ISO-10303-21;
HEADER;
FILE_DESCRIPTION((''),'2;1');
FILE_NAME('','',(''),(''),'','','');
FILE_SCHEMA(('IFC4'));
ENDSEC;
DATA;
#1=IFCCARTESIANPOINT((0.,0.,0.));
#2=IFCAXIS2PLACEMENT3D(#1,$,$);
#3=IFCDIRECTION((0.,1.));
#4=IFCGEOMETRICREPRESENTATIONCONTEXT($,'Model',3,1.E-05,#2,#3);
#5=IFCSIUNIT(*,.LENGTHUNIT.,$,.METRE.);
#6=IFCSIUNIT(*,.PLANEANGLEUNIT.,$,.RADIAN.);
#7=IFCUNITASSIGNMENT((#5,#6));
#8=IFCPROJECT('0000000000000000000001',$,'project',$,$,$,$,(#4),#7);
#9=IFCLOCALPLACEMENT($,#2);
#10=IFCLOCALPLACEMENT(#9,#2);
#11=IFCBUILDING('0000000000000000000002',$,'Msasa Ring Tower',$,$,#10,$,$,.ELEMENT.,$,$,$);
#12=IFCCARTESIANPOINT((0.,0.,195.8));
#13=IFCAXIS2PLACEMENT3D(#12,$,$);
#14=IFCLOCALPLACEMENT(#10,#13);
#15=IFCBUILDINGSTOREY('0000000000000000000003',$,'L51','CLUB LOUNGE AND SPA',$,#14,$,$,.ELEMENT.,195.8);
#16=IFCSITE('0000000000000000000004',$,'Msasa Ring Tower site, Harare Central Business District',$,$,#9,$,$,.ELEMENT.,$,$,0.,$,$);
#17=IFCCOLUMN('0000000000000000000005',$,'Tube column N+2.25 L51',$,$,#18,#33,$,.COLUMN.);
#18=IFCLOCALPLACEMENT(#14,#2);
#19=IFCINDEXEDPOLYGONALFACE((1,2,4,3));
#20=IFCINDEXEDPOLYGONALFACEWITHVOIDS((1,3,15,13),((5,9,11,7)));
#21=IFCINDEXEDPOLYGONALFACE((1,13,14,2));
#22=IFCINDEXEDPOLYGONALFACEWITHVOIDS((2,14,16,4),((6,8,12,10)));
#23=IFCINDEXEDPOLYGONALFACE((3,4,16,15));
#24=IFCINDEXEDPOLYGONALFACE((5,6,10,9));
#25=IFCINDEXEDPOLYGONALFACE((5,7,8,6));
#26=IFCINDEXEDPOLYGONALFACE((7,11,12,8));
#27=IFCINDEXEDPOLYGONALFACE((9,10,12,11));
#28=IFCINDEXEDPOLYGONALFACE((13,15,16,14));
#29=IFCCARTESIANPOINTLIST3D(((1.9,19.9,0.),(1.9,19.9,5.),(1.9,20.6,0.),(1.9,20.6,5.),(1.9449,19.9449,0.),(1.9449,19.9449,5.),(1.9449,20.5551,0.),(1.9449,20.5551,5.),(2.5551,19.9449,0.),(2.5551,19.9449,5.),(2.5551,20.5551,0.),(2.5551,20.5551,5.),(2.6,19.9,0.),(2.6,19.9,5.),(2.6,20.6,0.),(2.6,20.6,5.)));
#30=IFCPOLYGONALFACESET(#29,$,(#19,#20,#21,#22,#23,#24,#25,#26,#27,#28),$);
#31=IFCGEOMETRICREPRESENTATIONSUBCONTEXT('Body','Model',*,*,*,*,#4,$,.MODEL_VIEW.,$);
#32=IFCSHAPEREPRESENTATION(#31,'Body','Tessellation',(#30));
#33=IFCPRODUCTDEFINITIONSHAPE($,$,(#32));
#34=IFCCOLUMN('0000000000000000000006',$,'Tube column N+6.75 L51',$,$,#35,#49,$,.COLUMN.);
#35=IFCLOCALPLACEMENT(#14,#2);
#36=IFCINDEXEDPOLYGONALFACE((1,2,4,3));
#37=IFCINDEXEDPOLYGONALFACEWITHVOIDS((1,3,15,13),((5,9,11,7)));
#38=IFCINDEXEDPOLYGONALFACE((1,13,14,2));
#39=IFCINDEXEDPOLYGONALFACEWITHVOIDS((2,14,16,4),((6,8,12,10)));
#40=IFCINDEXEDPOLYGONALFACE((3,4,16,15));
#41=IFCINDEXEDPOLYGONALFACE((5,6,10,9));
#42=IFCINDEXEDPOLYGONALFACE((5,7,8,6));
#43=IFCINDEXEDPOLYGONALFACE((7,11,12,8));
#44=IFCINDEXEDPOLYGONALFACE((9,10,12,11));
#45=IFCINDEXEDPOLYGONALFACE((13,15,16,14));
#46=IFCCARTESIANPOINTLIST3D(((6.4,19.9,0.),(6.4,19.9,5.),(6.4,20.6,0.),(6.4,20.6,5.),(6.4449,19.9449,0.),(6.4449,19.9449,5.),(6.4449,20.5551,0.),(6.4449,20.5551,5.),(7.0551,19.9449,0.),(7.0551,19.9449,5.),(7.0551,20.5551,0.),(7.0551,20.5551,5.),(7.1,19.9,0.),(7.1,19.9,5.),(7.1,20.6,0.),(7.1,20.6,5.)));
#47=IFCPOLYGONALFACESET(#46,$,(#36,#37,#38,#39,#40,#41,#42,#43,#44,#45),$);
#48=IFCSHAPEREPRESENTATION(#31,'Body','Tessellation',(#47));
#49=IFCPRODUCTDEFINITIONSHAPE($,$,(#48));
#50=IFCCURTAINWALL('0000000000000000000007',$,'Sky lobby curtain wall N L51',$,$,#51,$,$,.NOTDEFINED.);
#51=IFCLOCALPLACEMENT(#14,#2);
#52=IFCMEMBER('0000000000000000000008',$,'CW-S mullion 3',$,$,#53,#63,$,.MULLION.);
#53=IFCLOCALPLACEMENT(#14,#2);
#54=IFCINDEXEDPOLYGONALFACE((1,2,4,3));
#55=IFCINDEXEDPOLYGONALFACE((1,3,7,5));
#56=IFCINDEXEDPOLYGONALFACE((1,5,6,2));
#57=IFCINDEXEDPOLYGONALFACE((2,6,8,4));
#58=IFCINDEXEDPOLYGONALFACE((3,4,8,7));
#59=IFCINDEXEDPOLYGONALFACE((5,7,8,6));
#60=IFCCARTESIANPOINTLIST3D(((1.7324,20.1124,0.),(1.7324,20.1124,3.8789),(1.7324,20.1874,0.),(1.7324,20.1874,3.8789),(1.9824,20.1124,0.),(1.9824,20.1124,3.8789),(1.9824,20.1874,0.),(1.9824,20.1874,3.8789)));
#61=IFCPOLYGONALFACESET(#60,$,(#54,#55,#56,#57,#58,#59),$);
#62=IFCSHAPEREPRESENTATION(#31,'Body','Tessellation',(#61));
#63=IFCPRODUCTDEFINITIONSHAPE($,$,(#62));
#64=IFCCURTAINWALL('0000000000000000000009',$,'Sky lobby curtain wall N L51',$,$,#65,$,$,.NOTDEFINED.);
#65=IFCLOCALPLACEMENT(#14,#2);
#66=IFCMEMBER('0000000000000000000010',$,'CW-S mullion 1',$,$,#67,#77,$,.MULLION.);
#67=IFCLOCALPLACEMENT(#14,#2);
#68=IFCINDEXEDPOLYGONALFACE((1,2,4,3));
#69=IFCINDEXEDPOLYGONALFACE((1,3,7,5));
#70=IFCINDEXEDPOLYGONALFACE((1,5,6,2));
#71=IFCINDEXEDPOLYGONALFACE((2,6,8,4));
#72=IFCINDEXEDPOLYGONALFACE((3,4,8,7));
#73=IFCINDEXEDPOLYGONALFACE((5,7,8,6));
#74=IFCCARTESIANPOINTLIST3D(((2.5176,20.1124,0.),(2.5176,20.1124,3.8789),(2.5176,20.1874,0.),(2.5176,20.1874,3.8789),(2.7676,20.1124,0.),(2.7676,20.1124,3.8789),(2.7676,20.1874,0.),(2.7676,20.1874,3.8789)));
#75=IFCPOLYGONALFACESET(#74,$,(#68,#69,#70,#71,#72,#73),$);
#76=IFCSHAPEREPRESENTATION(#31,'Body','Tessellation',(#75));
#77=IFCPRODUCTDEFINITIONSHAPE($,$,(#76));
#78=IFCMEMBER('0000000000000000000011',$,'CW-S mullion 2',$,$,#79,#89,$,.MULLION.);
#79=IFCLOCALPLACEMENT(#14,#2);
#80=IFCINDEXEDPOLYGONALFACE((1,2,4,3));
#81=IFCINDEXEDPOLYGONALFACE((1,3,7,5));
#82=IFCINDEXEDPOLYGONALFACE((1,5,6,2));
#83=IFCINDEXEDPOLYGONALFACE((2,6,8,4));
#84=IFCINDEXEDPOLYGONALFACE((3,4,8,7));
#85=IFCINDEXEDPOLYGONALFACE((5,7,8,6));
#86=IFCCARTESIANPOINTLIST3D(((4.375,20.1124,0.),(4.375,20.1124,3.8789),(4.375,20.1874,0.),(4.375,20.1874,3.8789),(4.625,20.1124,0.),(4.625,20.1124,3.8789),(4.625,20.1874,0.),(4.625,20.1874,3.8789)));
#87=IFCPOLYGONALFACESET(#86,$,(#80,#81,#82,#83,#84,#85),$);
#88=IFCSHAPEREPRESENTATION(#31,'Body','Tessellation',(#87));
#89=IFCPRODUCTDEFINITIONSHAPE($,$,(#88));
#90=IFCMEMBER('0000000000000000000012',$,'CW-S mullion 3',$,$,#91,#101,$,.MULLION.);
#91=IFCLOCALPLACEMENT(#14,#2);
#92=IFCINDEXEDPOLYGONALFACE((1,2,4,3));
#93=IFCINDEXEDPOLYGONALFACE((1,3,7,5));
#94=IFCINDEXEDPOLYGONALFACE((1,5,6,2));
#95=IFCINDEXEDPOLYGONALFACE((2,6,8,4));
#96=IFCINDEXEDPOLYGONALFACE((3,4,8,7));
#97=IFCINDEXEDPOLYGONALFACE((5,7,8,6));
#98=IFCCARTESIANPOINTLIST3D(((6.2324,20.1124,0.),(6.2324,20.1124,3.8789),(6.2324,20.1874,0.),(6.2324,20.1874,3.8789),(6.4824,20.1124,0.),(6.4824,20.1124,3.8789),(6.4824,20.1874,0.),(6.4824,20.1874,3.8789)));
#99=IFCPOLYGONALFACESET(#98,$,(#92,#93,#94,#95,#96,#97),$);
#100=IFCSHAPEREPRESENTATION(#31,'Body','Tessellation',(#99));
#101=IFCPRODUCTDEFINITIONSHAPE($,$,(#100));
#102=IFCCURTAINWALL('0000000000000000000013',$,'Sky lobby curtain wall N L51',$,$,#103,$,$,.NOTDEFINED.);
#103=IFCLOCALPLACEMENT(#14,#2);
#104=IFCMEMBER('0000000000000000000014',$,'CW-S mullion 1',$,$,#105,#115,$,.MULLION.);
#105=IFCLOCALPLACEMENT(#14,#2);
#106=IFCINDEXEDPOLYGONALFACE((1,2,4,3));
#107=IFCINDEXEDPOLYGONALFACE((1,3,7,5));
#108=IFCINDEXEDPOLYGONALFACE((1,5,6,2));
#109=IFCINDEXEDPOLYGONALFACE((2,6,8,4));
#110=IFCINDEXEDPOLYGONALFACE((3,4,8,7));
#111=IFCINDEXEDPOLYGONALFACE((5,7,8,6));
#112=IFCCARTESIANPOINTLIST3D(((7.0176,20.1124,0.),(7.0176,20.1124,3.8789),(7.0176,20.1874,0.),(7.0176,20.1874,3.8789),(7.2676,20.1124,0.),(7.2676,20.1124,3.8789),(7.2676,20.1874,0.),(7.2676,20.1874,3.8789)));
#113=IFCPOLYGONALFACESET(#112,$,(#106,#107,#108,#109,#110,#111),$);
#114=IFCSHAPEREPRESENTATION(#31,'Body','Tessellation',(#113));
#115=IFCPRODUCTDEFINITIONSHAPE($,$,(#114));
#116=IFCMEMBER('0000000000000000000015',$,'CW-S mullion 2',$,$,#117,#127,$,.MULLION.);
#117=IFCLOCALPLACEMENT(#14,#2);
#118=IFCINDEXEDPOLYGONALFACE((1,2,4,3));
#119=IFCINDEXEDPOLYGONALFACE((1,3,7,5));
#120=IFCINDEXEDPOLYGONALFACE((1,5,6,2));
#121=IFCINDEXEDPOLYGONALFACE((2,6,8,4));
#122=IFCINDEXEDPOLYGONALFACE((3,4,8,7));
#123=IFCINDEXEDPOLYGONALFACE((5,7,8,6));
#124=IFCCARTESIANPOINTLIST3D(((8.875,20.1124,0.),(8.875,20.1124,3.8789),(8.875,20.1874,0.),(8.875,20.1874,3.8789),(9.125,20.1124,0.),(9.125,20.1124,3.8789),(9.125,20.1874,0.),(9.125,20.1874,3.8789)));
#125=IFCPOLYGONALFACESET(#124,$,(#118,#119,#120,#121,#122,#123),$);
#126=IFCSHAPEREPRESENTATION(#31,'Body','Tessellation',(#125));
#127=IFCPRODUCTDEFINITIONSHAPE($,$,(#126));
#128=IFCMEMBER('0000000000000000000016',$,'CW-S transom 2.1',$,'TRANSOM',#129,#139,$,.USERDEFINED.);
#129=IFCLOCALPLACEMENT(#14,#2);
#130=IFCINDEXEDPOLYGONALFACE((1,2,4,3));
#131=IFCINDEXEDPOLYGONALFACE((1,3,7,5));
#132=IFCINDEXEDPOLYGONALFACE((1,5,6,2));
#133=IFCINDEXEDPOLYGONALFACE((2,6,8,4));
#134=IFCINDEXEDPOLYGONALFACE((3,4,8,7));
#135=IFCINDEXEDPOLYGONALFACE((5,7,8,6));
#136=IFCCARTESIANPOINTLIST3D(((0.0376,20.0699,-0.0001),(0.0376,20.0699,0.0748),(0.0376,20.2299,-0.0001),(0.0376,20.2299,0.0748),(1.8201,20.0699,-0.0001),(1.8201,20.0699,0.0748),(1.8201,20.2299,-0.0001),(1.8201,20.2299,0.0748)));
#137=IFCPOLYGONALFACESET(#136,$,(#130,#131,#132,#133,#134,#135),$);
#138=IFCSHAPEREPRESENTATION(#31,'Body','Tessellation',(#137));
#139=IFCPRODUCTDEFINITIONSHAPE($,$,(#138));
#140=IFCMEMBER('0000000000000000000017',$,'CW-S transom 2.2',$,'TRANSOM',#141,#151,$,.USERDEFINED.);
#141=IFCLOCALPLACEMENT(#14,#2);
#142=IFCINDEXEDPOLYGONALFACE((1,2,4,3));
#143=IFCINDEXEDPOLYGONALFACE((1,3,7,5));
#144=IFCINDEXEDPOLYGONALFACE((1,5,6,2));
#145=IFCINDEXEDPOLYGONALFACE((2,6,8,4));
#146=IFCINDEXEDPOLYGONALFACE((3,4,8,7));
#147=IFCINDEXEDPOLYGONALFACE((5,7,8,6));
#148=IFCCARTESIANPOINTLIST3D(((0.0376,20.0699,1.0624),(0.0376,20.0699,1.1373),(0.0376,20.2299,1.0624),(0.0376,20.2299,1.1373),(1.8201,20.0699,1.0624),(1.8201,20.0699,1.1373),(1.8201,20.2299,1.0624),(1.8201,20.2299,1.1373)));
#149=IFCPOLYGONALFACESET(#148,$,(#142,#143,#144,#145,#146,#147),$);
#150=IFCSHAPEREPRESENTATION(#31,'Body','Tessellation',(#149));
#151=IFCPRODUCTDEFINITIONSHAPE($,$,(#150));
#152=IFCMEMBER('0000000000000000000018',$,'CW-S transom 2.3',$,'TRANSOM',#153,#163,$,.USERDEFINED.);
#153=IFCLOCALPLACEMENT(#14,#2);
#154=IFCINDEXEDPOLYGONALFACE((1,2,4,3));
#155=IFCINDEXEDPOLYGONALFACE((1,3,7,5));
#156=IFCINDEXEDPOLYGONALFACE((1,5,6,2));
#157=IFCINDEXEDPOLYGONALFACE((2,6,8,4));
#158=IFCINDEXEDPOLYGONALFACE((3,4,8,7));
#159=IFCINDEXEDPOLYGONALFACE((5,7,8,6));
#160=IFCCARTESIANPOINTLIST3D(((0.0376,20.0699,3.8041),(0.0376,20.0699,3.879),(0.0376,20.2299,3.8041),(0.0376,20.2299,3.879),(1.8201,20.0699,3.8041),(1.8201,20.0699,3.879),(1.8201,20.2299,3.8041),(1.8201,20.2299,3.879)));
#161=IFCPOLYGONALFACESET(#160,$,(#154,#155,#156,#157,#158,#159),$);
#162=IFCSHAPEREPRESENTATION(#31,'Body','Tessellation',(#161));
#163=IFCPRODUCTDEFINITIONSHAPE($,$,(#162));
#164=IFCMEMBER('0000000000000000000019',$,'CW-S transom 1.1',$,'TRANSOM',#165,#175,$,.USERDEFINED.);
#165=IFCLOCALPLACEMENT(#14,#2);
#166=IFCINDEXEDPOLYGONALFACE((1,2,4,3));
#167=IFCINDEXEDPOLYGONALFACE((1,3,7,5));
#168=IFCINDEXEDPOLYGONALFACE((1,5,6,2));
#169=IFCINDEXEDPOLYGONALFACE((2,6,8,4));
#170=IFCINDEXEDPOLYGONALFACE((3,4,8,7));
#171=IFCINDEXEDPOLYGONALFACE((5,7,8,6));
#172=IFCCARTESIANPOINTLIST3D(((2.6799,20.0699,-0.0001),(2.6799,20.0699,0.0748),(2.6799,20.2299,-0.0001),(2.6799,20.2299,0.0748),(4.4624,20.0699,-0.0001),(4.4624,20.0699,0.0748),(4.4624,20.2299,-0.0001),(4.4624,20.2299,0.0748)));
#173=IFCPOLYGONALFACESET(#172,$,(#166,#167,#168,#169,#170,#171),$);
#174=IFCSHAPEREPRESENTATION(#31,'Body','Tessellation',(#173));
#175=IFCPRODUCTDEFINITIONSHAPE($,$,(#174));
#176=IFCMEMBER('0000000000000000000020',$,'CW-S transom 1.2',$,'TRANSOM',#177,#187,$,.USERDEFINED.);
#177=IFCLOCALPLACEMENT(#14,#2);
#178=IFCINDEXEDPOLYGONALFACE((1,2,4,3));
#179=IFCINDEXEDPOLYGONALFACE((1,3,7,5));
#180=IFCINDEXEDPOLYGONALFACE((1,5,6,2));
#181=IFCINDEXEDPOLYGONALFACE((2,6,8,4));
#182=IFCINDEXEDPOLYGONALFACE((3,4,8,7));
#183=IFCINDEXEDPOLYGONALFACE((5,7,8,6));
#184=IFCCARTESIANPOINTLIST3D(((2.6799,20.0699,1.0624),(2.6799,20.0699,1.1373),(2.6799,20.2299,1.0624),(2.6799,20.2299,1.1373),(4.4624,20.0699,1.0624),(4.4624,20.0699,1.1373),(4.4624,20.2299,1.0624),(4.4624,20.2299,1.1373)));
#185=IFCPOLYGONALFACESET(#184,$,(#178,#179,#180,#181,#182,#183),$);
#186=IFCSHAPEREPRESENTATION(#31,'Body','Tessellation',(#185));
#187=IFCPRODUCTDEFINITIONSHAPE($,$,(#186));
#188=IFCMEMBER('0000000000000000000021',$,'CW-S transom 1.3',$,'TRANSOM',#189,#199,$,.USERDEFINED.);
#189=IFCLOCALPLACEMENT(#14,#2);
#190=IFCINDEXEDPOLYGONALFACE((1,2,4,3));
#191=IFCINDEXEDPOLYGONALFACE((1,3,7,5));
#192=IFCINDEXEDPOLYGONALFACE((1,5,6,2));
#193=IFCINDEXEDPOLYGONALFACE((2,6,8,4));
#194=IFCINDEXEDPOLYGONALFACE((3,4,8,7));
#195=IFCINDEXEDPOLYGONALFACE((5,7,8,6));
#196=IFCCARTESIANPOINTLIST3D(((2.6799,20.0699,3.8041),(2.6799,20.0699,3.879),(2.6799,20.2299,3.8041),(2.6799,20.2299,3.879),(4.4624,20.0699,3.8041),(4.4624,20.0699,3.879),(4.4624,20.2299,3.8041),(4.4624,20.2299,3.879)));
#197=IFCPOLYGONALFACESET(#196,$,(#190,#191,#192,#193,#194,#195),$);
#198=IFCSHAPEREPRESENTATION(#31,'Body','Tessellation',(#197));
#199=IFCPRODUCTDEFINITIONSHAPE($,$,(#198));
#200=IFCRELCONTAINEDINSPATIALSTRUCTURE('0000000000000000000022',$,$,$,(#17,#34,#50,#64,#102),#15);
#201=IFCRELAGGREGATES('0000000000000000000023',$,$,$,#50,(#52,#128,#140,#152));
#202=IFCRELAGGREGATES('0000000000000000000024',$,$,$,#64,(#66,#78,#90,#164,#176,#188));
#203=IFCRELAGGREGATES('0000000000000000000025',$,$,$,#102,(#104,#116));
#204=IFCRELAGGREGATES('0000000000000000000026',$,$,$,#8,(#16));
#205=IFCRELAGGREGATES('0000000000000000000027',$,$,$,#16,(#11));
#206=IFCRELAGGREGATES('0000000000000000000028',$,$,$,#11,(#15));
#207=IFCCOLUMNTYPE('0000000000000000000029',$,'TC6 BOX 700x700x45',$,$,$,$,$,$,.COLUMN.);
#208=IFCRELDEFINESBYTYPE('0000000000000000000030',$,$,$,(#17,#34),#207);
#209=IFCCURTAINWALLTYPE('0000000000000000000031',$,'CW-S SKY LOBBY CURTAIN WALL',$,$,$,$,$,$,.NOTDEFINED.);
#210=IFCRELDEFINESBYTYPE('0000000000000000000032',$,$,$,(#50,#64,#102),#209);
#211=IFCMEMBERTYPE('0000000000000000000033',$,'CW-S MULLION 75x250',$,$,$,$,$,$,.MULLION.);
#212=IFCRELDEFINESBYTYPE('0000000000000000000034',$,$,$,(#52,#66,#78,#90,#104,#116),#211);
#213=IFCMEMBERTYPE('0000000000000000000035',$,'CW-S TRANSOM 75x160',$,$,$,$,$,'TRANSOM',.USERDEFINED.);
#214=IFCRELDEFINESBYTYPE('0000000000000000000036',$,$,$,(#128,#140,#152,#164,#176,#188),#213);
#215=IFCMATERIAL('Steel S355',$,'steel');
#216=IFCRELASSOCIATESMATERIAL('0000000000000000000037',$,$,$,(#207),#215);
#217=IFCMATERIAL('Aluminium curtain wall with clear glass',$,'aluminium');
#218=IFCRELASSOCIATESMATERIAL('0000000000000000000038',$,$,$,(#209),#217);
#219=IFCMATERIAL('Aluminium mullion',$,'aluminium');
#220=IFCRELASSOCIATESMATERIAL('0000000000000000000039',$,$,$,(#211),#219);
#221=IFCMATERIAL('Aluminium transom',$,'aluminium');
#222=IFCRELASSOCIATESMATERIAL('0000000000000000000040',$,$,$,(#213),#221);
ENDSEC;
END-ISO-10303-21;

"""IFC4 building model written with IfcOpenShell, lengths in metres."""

from ifc_helpers import new_model, si_unit, direction, frame, origin, origin_2d, place, context, subcontext, project, spatial, rectangle, hollow_rectangle, extrude, material, material_profile, profile_set, type_object, element, aggregate, save


model = new_model("IFC4")

# Units and contexts
model_context = context("Model", 3, precision=1e-05, world=origin(), true_north=direction((0.0, 1.0)))
body_context = subcontext(model_context, "Body", "Model", "MODEL_VIEW")
ifc_project = project(units=[si_unit("LENGTHUNIT", "METRE"), si_unit("PLANEANGLEUNIT", "RADIAN")], contexts=[model_context])

# Site, building, storey
site_placement = place(None, origin())
site = spatial("IfcSite", under=ifc_project, at=site_placement, Name="Msasa Ring Tower site, Harare Central Business District", CompositionType="ELEMENT", RefElevation=0.0)
building_placement = place(site_placement, origin())
building = spatial("IfcBuilding", under=site, at=building_placement, Name="Msasa Ring Tower", CompositionType="ELEMENT")
storey_placement = place(building_placement, frame((0.0, 0.0, 195.8)))
storey = spatial("IfcBuildingStorey", under=building, at=storey_placement, Name="L51", Description="CLUB LOUNGE AND SPA", CompositionType="ELEMENT", Elevation=195.8)

# Columns
ifc_material_1 = material(Name="Steel S355", Category="steel")
ifc_material_profile_1 = material_profile(ifc_material_1, hollow_rectangle(XDim=0.7, YDim=0.7, WallThickness=0.0449, at=origin_2d()), Name="BOX 700x700x45")
ifc_profile_set_1 = profile_set([ifc_material_profile_1], Name="Steel S355")
column_type = type_object("IfcColumnType", Name="TC6 BOX 700x700x45", PredefinedType="COLUMN", material=ifc_profile_set_1)
for number, where, z_axis, x_axis, name in (
    (1, (2.25, 20.25, 0.0), (0.0, 0.0, 1.0), (0.0, 1.0, 0.0), "Tube column N+2.25 L51"),
    (2, (6.75, 20.25, 0.0), (0.0, 0.0, 1.0), (0.0, 1.0, 0.0), "Tube column N+6.75 L51"),
):
    element("IfcColumn", number, at=place(storey_placement, frame(where, z_axis=z_axis, x_axis=x_axis)), inside=storey, type_object=column_type, Name=name, PredefinedType="COLUMN", context=body_context, shape_type="SweptSolid", body=[
        extrude(hollow_rectangle(XDim=0.7, YDim=0.7, WallThickness=0.0449, at=origin_2d()), origin(), (0.0, 0.0, 1.0), 5.0),
    ])

# Curtain wall, member
ifc_material_2 = material(Name="Aluminium curtain wall with clear glass", Category="aluminium")
curtain_wall_type = type_object("IfcCurtainWallType", Name="CW-S SKY LOBBY CURTAIN WALL", PredefinedType="NOTDEFINED", material=ifc_material_2)
curtain_wall_1_placement = place(storey_placement, origin())
curtain_wall_1 = element("IfcCurtainWall", 3, at=curtain_wall_1_placement, inside=storey, type_object=curtain_wall_type, Name="Sky lobby curtain wall N L51", PredefinedType="NOTDEFINED")
ifc_material_3 = material(Name="Aluminium mullion", Category="aluminium")
ifc_material_profile_2 = material_profile(ifc_material_3, rectangle(XDim=0.075, YDim=0.25, at=origin_2d()), Name="AL 75x250")
ifc_profile_set_2 = profile_set([ifc_material_profile_2], Name="Aluminium mullion")
member_type_1 = type_object("IfcMemberType", Name="CW-S MULLION 75x250", PredefinedType="MULLION", material=ifc_profile_set_2)
member_1_placement = place(storey_placement, frame((1.8574, 20.1499, 0.0), z_axis=(0.0, 0.0, 1.0), x_axis=(0.0, 1.0, 0.0)))
member_1 = element("IfcMember", 4, at=member_1_placement, type_object=member_type_1, Name="CW-S mullion 3", PredefinedType="MULLION", context=body_context, shape_type="SweptSolid", body=[
    extrude(rectangle(XDim=0.075, YDim=0.25, at=origin_2d()), origin(), (0.0, 0.0, 1.0), 3.8789),
])

# Curtain walls, members
curtain_wall_2_placement = place(storey_placement, origin())
curtain_wall_2 = element("IfcCurtainWall", 5, at=curtain_wall_2_placement, inside=storey, type_object=curtain_wall_type, Name="Sky lobby curtain wall N L51", PredefinedType="NOTDEFINED")
member_2_placement = place(storey_placement, frame((2.6426, 20.1499, 0.0), z_axis=(0.0, 0.0, 1.0), x_axis=(0.0, 1.0, 0.0)))
member_2 = element("IfcMember", 6, at=member_2_placement, type_object=member_type_1, Name="CW-S mullion 1", PredefinedType="MULLION", context=body_context, shape_type="SweptSolid", body=[
    extrude(rectangle(XDim=0.075, YDim=0.25, at=origin_2d()), origin(), (0.0, 0.0, 1.0), 3.8789),
])
member_3_placement = place(storey_placement, frame((4.5, 20.1499, 0.0), z_axis=(0.0, 0.0, 1.0), x_axis=(0.0, 1.0, 0.0)))
member_3 = element("IfcMember", 7, at=member_3_placement, type_object=member_type_1, Name="CW-S mullion 2", PredefinedType="MULLION", context=body_context, shape_type="SweptSolid", body=[
    extrude(rectangle(XDim=0.075, YDim=0.25, at=origin_2d()), origin(), (0.0, 0.0, 1.0), 3.8789),
])
member_4_placement = place(storey_placement, frame((6.3574, 20.1499, 0.0), z_axis=(0.0, 0.0, 1.0), x_axis=(0.0, 1.0, 0.0)))
member_4 = element("IfcMember", 8, at=member_4_placement, type_object=member_type_1, Name="CW-S mullion 3", PredefinedType="MULLION", context=body_context, shape_type="SweptSolid", body=[
    extrude(rectangle(XDim=0.075, YDim=0.25, at=origin_2d()), origin(), (0.0, 0.0, 1.0), 3.8789),
])
curtain_wall_3_placement = place(storey_placement, origin())
curtain_wall_3 = element("IfcCurtainWall", 9, at=curtain_wall_3_placement, inside=storey, type_object=curtain_wall_type, Name="Sky lobby curtain wall N L51", PredefinedType="NOTDEFINED")
member_5_placement = place(storey_placement, frame((7.1426, 20.1499, 0.0), z_axis=(0.0, 0.0, 1.0), x_axis=(0.0, 1.0, 0.0)))
member_5 = element("IfcMember", 10, at=member_5_placement, type_object=member_type_1, Name="CW-S mullion 1", PredefinedType="MULLION", context=body_context, shape_type="SweptSolid", body=[
    extrude(rectangle(XDim=0.075, YDim=0.25, at=origin_2d()), origin(), (0.0, 0.0, 1.0), 3.8789),
])
member_6_placement = place(storey_placement, frame((9.0, 20.1499, 0.0), z_axis=(0.0, 0.0, 1.0), x_axis=(0.0, 1.0, 0.0)))
member_6 = element("IfcMember", 11, at=member_6_placement, type_object=member_type_1, Name="CW-S mullion 2", PredefinedType="MULLION", context=body_context, shape_type="SweptSolid", body=[
    extrude(rectangle(XDim=0.075, YDim=0.25, at=origin_2d()), origin(), (0.0, 0.0, 1.0), 3.8789),
])

# Members
ifc_material_4 = material(Name="Aluminium transom", Category="aluminium")
ifc_material_profile_3 = material_profile(ifc_material_4, rectangle(XDim=0.1599, YDim=0.075, at=origin_2d()), Name="AL 75x160")
ifc_profile_set_3 = profile_set([ifc_material_profile_3], Name="Aluminium transom")
member_type_2 = type_object("IfcMemberType", Name="CW-S TRANSOM 75x160", ElementType="TRANSOM", PredefinedType="USERDEFINED", material=ifc_profile_set_3)
member_7_placement = place(storey_placement, frame((0.0376, 20.1499, 0.0374), z_axis=(1.0, 0.0, 0.0), x_axis=(0.0, 1.0, 0.0)))
member_7 = element("IfcMember", 12, at=member_7_placement, type_object=member_type_2, Name="CW-S transom 2.1", ObjectType="TRANSOM", PredefinedType="USERDEFINED", context=body_context, shape_type="SweptSolid", body=[
    extrude(rectangle(XDim=0.1599, YDim=0.075, at=origin_2d()), origin(), (0.0, 0.0, 1.0), 1.7825),
])
member_8_placement = place(storey_placement, frame((0.0376, 20.1499, 1.0999), z_axis=(1.0, 0.0, 0.0), x_axis=(0.0, 1.0, 0.0)))
member_8 = element("IfcMember", 13, at=member_8_placement, type_object=member_type_2, Name="CW-S transom 2.2", ObjectType="TRANSOM", PredefinedType="USERDEFINED", context=body_context, shape_type="SweptSolid", body=[
    extrude(rectangle(XDim=0.1599, YDim=0.075, at=origin_2d()), origin(), (0.0, 0.0, 1.0), 1.7825),
])
member_9_placement = place(storey_placement, frame((0.0376, 20.1499, 3.8416), z_axis=(1.0, 0.0, 0.0), x_axis=(0.0, 1.0, 0.0)))
member_9 = element("IfcMember", 14, at=member_9_placement, type_object=member_type_2, Name="CW-S transom 2.3", ObjectType="TRANSOM", PredefinedType="USERDEFINED", context=body_context, shape_type="SweptSolid", body=[
    extrude(rectangle(XDim=0.1599, YDim=0.075, at=origin_2d()), origin(), (0.0, 0.0, 1.0), 1.7825),
])
member_10_placement = place(storey_placement, frame((2.6799, 20.1499, 0.0374), z_axis=(1.0, 0.0, 0.0), x_axis=(0.0, 1.0, 0.0)))
member_10 = element("IfcMember", 15, at=member_10_placement, type_object=member_type_2, Name="CW-S transom 1.1", ObjectType="TRANSOM", PredefinedType="USERDEFINED", context=body_context, shape_type="SweptSolid", body=[
    extrude(rectangle(XDim=0.1599, YDim=0.075, at=origin_2d()), origin(), (0.0, 0.0, 1.0), 1.7825),
])
member_11_placement = place(storey_placement, frame((2.6799, 20.1499, 1.0999), z_axis=(1.0, 0.0, 0.0), x_axis=(0.0, 1.0, 0.0)))
member_11 = element("IfcMember", 16, at=member_11_placement, type_object=member_type_2, Name="CW-S transom 1.2", ObjectType="TRANSOM", PredefinedType="USERDEFINED", context=body_context, shape_type="SweptSolid", body=[
    extrude(rectangle(XDim=0.1599, YDim=0.075, at=origin_2d()), origin(), (0.0, 0.0, 1.0), 1.7825),
])
member_12_placement = place(storey_placement, frame((2.6799, 20.1499, 3.8416), z_axis=(1.0, 0.0, 0.0), x_axis=(0.0, 1.0, 0.0)))
member_12 = element("IfcMember", 17, at=member_12_placement, type_object=member_type_2, Name="CW-S transom 1.3", ObjectType="TRANSOM", PredefinedType="USERDEFINED", context=body_context, shape_type="SweptSolid", body=[
    extrude(rectangle(XDim=0.1599, YDim=0.075, at=origin_2d()), origin(), (0.0, 0.0, 1.0), 1.7825),
])

aggregate(curtain_wall_1, [member_1, member_7, member_8, member_9])
aggregate(curtain_wall_2, [member_2, member_3, member_4, member_10, member_11, member_12])
aggregate(curtain_wall_3, [member_5, member_6])

save(model, "model.ifc")
